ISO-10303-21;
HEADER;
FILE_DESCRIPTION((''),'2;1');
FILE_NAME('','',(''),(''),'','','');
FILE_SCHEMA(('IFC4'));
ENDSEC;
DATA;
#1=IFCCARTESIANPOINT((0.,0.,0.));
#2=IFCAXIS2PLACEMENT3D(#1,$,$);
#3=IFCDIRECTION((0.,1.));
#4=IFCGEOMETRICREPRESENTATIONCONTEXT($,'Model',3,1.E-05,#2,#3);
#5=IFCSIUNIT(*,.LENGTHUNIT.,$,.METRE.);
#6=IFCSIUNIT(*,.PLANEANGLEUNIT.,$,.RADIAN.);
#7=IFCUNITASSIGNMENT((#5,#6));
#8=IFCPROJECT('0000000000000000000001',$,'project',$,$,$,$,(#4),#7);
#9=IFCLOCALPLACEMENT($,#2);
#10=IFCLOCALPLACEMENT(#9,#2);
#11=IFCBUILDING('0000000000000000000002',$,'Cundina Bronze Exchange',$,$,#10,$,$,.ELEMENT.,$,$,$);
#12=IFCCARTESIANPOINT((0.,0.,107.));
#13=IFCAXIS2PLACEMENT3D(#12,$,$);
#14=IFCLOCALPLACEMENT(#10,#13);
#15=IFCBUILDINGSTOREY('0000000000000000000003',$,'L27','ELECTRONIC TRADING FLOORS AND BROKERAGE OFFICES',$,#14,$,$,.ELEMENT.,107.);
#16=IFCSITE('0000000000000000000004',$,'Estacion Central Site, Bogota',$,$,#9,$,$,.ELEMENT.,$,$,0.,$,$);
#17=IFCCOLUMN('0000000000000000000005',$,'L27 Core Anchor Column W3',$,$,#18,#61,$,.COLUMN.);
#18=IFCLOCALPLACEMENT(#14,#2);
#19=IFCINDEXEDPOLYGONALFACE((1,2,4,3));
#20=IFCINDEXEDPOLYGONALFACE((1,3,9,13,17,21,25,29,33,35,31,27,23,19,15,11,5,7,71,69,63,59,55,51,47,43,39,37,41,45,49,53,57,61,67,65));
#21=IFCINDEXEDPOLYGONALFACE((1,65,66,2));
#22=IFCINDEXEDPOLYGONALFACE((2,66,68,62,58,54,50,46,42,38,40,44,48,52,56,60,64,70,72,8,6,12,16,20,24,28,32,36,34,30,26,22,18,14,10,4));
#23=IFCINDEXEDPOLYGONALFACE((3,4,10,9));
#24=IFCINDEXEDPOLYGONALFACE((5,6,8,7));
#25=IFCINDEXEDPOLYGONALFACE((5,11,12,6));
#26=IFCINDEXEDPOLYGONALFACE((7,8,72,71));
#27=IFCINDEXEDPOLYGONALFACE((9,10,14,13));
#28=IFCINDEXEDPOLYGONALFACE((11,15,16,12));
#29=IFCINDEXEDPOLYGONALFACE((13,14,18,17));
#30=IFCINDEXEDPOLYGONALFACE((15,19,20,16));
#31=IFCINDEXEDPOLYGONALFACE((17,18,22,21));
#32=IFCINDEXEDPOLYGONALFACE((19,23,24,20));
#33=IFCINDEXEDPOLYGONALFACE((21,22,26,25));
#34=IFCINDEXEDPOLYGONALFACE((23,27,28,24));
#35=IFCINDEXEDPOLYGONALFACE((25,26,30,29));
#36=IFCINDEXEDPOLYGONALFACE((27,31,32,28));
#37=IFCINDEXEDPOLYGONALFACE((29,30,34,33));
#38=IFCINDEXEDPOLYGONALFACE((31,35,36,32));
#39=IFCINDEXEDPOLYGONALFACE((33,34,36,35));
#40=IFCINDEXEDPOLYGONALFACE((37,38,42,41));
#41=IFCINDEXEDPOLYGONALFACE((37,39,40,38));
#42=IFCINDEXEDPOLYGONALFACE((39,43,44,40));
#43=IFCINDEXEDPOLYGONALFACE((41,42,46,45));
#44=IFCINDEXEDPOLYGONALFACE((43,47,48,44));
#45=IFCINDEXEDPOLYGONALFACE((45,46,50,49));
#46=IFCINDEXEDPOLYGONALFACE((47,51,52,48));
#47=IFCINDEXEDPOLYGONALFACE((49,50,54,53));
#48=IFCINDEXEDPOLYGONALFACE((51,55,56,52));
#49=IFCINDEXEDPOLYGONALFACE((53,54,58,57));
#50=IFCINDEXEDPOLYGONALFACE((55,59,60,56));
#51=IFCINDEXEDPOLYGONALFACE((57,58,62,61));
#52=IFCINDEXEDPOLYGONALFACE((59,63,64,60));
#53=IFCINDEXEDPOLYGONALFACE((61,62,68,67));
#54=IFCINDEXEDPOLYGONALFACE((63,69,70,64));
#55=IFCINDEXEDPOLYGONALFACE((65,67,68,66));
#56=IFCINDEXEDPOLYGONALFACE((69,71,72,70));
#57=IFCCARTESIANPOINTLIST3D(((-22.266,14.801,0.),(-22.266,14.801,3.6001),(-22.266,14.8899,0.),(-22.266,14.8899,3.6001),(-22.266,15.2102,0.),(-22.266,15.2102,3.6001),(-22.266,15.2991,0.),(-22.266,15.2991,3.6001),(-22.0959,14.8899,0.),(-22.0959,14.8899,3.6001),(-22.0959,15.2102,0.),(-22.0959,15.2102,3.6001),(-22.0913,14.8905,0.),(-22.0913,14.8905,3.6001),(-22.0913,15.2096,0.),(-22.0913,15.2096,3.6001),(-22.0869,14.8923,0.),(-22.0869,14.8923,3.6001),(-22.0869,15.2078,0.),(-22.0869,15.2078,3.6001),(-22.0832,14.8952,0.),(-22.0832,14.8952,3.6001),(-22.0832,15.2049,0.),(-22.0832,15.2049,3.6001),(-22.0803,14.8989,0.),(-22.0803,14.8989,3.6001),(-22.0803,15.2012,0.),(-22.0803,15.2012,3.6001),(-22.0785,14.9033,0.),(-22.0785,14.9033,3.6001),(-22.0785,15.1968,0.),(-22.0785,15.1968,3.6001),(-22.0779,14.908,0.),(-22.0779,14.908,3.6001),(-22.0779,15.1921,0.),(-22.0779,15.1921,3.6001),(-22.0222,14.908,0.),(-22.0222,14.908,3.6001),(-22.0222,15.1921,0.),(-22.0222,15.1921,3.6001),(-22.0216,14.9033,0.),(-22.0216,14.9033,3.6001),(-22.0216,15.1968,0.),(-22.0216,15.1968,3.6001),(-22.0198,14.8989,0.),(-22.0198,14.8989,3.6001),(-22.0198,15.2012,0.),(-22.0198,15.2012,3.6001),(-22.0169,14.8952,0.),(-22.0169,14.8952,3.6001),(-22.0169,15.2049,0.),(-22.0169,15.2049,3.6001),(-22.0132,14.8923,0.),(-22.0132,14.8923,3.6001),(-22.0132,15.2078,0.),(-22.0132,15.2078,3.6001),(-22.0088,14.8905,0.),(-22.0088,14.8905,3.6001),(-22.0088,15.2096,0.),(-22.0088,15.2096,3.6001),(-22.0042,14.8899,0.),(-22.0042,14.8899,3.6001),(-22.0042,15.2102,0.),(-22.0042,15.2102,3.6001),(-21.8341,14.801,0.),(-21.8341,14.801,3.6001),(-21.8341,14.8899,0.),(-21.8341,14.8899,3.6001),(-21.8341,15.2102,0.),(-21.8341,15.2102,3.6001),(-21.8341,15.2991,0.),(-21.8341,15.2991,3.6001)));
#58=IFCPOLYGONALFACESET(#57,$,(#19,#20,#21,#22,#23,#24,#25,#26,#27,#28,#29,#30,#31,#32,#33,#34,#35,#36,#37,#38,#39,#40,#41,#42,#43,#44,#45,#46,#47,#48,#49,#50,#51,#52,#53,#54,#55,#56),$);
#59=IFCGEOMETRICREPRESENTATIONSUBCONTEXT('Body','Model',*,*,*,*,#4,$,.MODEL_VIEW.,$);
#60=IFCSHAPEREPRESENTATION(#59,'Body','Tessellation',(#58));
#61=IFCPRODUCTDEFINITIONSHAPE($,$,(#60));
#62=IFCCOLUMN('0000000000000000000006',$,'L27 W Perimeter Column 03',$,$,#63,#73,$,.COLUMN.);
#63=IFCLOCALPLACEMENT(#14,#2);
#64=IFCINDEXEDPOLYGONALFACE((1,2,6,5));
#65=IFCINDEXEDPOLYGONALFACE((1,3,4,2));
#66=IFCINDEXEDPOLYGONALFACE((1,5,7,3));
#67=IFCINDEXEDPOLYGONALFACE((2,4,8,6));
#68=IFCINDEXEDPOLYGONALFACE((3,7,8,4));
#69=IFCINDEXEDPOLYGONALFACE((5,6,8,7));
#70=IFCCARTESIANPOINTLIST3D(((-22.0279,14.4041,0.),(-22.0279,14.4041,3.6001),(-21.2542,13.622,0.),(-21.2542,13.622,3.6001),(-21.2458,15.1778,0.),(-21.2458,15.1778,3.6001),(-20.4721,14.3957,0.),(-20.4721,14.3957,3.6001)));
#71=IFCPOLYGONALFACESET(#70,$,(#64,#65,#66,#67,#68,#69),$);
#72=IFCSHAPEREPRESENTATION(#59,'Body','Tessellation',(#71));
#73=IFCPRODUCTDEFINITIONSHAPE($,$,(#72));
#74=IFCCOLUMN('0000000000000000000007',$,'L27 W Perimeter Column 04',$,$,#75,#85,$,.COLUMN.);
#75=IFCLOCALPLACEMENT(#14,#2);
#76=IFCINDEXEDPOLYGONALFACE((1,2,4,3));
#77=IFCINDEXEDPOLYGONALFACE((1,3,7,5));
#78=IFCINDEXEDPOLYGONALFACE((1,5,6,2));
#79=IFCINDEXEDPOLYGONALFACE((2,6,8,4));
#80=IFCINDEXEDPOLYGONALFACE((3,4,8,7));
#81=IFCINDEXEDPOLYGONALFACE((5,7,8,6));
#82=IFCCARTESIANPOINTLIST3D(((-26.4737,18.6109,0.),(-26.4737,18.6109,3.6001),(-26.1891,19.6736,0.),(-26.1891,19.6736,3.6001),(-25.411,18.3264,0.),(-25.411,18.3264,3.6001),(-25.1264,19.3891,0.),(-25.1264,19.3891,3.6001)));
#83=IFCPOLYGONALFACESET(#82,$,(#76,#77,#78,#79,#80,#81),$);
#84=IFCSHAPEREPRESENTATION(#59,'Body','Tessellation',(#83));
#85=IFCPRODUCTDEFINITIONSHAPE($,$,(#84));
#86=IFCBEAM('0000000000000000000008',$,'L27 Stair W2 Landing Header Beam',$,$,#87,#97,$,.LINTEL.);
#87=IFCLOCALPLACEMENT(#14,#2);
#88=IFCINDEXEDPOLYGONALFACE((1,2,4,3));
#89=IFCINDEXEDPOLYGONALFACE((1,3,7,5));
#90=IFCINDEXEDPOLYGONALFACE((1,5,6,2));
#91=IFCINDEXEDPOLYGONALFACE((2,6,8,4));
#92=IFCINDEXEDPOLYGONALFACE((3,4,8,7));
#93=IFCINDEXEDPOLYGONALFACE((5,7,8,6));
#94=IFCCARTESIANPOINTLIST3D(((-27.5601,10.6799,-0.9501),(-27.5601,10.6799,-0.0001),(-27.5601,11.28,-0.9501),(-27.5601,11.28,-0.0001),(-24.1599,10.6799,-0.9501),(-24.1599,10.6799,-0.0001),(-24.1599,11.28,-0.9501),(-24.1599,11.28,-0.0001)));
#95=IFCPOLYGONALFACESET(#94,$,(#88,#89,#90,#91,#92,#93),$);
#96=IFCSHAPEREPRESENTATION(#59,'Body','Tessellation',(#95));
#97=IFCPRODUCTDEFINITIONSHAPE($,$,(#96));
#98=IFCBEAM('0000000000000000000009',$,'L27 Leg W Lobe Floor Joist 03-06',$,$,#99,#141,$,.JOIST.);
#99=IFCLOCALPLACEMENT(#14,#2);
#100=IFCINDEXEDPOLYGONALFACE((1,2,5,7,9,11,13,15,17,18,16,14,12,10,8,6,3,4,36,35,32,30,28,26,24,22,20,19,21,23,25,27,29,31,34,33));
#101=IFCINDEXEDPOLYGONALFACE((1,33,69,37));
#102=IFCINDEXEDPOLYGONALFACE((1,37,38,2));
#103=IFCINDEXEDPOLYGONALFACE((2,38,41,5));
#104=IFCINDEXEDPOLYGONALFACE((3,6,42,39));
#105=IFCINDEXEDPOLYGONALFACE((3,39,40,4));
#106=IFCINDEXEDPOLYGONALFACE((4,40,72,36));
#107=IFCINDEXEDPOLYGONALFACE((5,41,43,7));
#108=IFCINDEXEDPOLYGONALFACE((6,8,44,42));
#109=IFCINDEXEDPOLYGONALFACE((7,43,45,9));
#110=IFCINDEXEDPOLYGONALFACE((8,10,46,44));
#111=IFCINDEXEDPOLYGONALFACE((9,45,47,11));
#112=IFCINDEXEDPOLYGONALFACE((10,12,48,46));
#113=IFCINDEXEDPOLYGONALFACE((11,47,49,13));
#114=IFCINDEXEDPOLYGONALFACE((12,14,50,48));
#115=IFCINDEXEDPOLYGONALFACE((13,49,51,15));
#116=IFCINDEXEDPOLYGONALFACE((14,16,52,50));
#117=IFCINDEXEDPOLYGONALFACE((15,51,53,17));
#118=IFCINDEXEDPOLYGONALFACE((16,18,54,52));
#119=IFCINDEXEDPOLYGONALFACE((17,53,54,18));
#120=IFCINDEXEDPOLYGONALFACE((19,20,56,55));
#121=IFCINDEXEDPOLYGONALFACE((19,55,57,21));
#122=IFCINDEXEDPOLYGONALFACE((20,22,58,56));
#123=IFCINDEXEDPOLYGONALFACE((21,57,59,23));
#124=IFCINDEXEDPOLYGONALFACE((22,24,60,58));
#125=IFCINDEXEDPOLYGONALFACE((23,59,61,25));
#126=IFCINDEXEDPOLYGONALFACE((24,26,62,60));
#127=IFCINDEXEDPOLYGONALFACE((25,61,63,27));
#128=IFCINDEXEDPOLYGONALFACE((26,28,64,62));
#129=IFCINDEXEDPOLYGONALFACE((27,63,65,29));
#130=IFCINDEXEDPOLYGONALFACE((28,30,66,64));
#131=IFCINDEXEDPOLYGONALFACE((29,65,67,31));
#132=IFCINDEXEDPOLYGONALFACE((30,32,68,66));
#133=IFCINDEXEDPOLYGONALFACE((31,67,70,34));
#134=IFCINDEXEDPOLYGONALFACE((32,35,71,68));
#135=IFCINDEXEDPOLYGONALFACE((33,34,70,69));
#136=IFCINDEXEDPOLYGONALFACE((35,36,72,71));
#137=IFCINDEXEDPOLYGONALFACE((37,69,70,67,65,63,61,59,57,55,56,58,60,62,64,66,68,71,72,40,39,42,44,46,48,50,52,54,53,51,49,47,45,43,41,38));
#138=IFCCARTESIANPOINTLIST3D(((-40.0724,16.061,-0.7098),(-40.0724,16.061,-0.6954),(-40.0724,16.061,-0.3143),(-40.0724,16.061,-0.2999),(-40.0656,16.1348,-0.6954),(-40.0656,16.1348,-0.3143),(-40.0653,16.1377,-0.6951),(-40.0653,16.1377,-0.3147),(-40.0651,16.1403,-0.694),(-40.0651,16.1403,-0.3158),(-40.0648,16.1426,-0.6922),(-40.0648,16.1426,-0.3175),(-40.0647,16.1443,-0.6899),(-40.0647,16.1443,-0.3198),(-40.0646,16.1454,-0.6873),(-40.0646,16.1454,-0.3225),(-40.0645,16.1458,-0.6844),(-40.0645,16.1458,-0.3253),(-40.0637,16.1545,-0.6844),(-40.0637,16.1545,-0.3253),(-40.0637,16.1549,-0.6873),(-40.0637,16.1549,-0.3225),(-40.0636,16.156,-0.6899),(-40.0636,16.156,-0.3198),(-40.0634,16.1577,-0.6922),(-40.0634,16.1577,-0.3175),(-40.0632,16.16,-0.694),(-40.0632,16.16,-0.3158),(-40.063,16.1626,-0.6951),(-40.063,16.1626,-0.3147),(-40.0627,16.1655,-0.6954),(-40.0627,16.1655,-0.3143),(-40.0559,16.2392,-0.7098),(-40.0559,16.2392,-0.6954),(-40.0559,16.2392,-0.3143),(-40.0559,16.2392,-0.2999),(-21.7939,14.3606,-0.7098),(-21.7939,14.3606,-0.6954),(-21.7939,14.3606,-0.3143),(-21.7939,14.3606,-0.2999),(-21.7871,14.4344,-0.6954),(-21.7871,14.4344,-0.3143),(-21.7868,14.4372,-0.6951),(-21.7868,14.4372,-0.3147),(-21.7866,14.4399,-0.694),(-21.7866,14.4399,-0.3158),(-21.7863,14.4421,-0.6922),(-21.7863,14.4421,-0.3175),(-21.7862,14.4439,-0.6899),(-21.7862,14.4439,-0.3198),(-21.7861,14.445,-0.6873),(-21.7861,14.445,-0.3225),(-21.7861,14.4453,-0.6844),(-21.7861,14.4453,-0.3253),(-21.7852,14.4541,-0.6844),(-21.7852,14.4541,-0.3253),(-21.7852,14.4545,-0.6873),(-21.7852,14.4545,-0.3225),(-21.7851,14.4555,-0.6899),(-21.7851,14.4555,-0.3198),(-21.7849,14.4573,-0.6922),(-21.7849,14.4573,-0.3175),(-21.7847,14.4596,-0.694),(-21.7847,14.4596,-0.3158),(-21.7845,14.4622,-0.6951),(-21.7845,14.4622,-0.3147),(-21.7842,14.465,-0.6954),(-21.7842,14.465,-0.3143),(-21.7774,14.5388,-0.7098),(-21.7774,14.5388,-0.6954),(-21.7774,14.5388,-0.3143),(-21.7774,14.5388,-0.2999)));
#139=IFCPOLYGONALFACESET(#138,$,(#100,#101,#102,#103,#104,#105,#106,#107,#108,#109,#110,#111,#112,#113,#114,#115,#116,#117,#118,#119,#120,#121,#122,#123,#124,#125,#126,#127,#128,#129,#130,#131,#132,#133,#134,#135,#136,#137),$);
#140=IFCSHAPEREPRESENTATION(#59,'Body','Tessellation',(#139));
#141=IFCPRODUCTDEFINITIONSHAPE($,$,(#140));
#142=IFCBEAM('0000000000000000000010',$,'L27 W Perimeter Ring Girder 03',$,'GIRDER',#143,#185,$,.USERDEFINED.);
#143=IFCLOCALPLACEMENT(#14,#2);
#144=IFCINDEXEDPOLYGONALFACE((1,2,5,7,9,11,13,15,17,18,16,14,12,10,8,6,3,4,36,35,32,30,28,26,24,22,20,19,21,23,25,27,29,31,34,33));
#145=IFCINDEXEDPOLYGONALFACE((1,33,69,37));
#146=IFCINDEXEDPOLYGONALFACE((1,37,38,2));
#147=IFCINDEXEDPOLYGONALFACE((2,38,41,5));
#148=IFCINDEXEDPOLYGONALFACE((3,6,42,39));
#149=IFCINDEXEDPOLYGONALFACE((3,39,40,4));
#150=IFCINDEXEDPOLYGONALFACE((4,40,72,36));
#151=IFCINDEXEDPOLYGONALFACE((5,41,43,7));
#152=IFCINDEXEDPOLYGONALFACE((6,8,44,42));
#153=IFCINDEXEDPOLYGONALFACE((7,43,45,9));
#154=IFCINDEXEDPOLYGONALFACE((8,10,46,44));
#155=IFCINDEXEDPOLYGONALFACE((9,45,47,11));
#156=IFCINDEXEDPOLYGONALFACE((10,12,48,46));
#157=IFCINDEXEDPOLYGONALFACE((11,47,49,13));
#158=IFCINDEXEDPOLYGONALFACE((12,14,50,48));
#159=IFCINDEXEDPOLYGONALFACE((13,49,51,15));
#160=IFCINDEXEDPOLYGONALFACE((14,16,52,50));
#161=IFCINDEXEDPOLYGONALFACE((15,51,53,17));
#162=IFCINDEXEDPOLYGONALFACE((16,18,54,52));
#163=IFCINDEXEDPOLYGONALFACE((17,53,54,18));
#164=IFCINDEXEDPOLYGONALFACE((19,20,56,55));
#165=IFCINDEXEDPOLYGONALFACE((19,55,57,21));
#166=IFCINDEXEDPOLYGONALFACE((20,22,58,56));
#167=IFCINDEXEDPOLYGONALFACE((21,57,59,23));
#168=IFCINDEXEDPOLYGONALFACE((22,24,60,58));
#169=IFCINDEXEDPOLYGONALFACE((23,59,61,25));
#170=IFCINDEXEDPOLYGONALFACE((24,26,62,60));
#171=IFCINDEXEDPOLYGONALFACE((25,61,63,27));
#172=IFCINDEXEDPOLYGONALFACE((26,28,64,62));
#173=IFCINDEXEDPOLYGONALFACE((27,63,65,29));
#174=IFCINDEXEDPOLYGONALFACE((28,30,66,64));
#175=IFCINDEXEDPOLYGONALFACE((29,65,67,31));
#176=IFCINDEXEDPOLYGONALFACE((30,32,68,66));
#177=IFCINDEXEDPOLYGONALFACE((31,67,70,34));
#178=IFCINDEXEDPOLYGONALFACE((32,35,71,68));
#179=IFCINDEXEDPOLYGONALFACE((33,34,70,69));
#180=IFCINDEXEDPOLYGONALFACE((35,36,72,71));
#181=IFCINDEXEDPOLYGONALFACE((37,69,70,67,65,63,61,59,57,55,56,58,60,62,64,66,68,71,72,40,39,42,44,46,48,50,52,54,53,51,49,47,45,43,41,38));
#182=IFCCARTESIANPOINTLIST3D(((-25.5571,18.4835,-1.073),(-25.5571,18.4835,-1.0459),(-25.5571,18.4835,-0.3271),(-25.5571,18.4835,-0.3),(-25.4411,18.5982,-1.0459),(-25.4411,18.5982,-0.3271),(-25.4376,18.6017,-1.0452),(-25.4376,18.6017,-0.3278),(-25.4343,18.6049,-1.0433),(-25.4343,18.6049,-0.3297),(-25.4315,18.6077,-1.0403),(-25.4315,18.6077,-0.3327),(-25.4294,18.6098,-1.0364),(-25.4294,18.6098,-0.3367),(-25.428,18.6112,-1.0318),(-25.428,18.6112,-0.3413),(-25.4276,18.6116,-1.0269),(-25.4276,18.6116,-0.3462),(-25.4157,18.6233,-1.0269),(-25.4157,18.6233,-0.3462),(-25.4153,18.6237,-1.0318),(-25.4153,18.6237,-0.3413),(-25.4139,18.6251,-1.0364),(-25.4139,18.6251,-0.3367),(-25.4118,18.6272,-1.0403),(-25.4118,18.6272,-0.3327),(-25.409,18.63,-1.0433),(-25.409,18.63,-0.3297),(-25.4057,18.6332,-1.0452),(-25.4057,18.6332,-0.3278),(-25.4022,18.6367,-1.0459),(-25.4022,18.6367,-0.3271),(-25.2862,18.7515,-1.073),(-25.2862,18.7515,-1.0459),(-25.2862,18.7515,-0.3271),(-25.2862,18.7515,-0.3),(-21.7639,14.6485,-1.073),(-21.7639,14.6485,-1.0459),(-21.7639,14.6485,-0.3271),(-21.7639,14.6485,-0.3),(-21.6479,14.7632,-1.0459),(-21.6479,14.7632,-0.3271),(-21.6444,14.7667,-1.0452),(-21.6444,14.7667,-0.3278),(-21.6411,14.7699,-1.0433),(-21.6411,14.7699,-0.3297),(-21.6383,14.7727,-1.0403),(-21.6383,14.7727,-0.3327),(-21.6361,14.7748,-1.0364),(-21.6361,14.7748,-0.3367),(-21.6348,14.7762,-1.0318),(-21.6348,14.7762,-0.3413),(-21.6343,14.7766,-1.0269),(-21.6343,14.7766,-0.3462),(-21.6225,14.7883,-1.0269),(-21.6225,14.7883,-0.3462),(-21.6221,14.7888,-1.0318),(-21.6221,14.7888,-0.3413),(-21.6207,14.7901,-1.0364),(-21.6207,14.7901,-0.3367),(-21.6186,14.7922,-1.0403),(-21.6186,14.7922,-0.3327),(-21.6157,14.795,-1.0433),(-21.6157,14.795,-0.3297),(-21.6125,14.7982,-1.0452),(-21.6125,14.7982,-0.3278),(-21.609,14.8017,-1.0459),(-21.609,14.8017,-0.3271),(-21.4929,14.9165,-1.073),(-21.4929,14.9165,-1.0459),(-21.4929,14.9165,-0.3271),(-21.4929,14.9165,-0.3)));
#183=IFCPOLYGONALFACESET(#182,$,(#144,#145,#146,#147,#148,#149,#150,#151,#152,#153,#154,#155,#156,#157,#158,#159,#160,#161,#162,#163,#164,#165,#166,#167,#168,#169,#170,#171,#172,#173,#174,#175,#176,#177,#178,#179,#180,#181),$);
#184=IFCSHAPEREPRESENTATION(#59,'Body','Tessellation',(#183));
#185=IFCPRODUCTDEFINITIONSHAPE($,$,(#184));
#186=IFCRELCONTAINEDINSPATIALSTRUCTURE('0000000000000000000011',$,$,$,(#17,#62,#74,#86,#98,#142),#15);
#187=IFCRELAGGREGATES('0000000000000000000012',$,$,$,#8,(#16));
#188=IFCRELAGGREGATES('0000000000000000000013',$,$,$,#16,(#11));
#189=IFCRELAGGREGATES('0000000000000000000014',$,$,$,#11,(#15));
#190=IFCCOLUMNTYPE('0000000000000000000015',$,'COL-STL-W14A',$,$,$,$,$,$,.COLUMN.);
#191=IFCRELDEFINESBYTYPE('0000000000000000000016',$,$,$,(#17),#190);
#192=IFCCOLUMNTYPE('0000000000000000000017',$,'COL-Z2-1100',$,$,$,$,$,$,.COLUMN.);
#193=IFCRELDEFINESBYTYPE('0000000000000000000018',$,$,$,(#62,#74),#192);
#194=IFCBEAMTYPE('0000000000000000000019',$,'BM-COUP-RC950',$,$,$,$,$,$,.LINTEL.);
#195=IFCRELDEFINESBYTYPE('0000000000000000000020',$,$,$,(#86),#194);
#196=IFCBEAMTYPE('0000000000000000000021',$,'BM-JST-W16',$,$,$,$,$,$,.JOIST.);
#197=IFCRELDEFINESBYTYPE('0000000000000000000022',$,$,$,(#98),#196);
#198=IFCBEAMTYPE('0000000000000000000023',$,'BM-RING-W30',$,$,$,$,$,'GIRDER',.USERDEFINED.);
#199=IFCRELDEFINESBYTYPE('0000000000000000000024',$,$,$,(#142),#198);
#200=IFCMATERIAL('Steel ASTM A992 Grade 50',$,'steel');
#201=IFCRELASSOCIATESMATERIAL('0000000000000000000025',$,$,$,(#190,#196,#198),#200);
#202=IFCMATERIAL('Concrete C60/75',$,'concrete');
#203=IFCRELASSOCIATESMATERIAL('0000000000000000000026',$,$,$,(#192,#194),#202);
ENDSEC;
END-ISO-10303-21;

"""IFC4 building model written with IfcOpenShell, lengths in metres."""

from ifc_helpers import new_model, si_unit, direction, frame, origin, origin_2d, place, context, subcontext, project, spatial, rectangle, i_section, extrude, material, material_profile, profile_set, type_object, element, save


model = new_model("IFC4")

# Units and contexts
model_context = context("Model", 3, precision=1e-05, world=origin(), true_north=direction((0.0, 1.0)))
body_context = subcontext(model_context, "Body", "Model", "MODEL_VIEW")
ifc_project = project(units=[si_unit("LENGTHUNIT", "METRE"), si_unit("PLANEANGLEUNIT", "RADIAN")], contexts=[model_context])

# Site, building, storey
site_placement = place(None, origin())
site = spatial("IfcSite", under=ifc_project, at=site_placement, Name="Estacion Central Site, Bogota", CompositionType="ELEMENT", RefElevation=0.0)
building_placement = place(site_placement, origin())
building = spatial("IfcBuilding", under=site, at=building_placement, Name="Cundina Bronze Exchange", CompositionType="ELEMENT")
storey_placement = place(building_placement, frame((0.0, 0.0, 107.0)))
storey = spatial("IfcBuildingStorey", under=building, at=storey_placement, Name="L27", Description="ELECTRONIC TRADING FLOORS AND BROKERAGE OFFICES", CompositionType="ELEMENT", Elevation=107.0)

# Columns
ifc_material_1 = material(Name="Steel ASTM A992 Grade 50", Category="steel")
ifc_material_profile_1 = material_profile(ifc_material_1, i_section(OverallWidth=0.4319, OverallDepth=0.498, WebThickness=0.0557, FlangeThickness=0.0889, FilletRadius=0.0181, at=origin_2d()), Name="W14X500", Category="steel")
ifc_profile_set_1 = profile_set([ifc_material_profile_1], Name="Steel ASTM A992 Grade 50")
column_type_1 = type_object("IfcColumnType", Name="COL-STL-W14A", PredefinedType="COLUMN", material=ifc_profile_set_1)
column_placement = place(storey_placement, frame((-22.05, 15.05, 0.0), z_axis=(0.0, 0.0, 1.0), x_axis=(1.0, 0.0, 0.0)))
element("IfcColumn", 1, at=column_placement, inside=storey, type_object=column_type_1, Name="L27 Core Anchor Column W3", PredefinedType="COLUMN", context=body_context, shape_type="SweptSolid", body=[
    extrude(i_section(OverallWidth=0.4319, OverallDepth=0.498, WebThickness=0.0557, FlangeThickness=0.0889, FilletRadius=0.0181, at=origin_2d()), origin(), (0.0, 0.0, 1.0), 3.6001),
])
ifc_material_2 = material(Name="Concrete C60/75", Category="concrete")
ifc_material_profile_2 = material_profile(ifc_material_2, rectangle(XDim=1.1001, YDim=1.1001, at=origin_2d()), Name="RC1100X1100", Category="concrete")
ifc_profile_set_2 = profile_set([ifc_material_profile_2], Name="Concrete C60/75")
column_type_2 = type_object("IfcColumnType", Name="COL-Z2-1100", PredefinedType="COLUMN", material=ifc_profile_set_2)
for number, where, z_axis, x_axis, name in (
    (2, (-21.25, 14.3999, 0.0), (0.0, 0.0, 1.0), (-0.703271, 0.710922, 0.0), "L27 W Perimeter Column 03"),
    (3, (-25.8, 19.0, 0.0), (0.0, 0.0, 1.0), (-0.965971, 0.25865, 0.0), "L27 W Perimeter Column 04"),
):
    element("IfcColumn", number, at=place(storey_placement, frame(where, z_axis=z_axis, x_axis=x_axis)), inside=storey, type_object=column_type_2, Name=name, PredefinedType="COLUMN", context=body_context, shape_type="SweptSolid", body=[
        extrude(rectangle(XDim=1.1001, YDim=1.1001, at=origin_2d()), origin(), (0.0, 0.0, 1.0), 3.6001),
    ])

# Beams
ifc_material_profile_3 = material_profile(ifc_material_2, rectangle(XDim=0.6001, YDim=0.95, at=origin_2d()), Name="RC600X950", Category="concrete")
ifc_profile_set_3 = profile_set([ifc_material_profile_3], Name="Concrete C60/75")
beam_type_1 = type_object("IfcBeamType", Name="BM-COUP-RC950", PredefinedType="LINTEL", material=ifc_profile_set_3)
beam_1_placement = place(storey_placement, frame((-27.5601, 10.98, -0.4751), z_axis=(1.0, 0.0, 0.0), x_axis=(0.0, 1.0, 0.0)))
element("IfcBeam", 4, at=beam_1_placement, inside=storey, type_object=beam_type_1, Name="L27 Stair W2 Landing Header Beam", PredefinedType="LINTEL", context=body_context, shape_type="SweptSolid", body=[
    extrude(rectangle(XDim=0.6001, YDim=0.95, at=origin_2d()), origin(), (0.0, 0.0, 1.0), 3.4001),
])
ifc_material_profile_4 = material_profile(ifc_material_1, i_section(OverallWidth=0.179, OverallDepth=0.4099, WebThickness=0.0088, FlangeThickness=0.0144, FilletRadius=0.011, at=origin_2d()), Name="W16X45", Category="steel")
ifc_profile_set_4 = profile_set([ifc_material_profile_4], Name="Steel ASTM A992 Grade 50")
beam_type_2 = type_object("IfcBeamType", Name="BM-JST-W16", PredefinedType="JOIST", material=ifc_profile_set_4)
beam_2_placement = place(storey_placement, frame((-21.7856, 14.4497, -0.5049), z_axis=(-0.995701, 0.092629, 0.0), x_axis=(-0.092629, -0.995701, 0.0)))
element("IfcBeam", 5, at=beam_2_placement, inside=storey, type_object=beam_type_2, Name="L27 Leg W Lobe Floor Joist 03-06", PredefinedType="JOIST", context=body_context, shape_type="SweptSolid", body=[
    extrude(i_section(OverallWidth=0.179, OverallDepth=0.4099, WebThickness=0.0088, FlangeThickness=0.0144, FilletRadius=0.011, at=origin_2d()), origin(), (0.0, 0.0, 1.0), 18.3574),
])
ifc_material_profile_5 = material_profile(ifc_material_1, i_section(OverallWidth=0.3811, OverallDepth=0.7729, WebThickness=0.0166, FlangeThickness=0.0271, FilletRadius=0.019, at=origin_2d()), Name="W30X173", Category="steel")
ifc_profile_set_5 = profile_set([ifc_material_profile_5], Name="Steel ASTM A992 Grade 50")
beam_type_3 = type_object("IfcBeamType", Name="BM-RING-W30", ElementType="GIRDER", PredefinedType="USERDEFINED", material=ifc_profile_set_5)
beam_3_placement = place(storey_placement, frame((-21.6284, 14.7825, -0.6865), z_axis=(-0.703226, 0.710966, 0.0), x_axis=(-0.710966, -0.703226, 0.0)))
element("IfcBeam", 6, at=beam_3_placement, inside=storey, type_object=beam_type_3, Name="L27 W Perimeter Ring Girder 03", ObjectType="GIRDER", PredefinedType="USERDEFINED", context=body_context, shape_type="SweptSolid", body=[
    extrude(i_section(OverallWidth=0.3811, OverallDepth=0.7729, WebThickness=0.0166, FlangeThickness=0.0271, FilletRadius=0.019, at=origin_2d()), origin(), (0.0, 0.0, 1.0), 5.394),
])

save(model, "model.ifc")
